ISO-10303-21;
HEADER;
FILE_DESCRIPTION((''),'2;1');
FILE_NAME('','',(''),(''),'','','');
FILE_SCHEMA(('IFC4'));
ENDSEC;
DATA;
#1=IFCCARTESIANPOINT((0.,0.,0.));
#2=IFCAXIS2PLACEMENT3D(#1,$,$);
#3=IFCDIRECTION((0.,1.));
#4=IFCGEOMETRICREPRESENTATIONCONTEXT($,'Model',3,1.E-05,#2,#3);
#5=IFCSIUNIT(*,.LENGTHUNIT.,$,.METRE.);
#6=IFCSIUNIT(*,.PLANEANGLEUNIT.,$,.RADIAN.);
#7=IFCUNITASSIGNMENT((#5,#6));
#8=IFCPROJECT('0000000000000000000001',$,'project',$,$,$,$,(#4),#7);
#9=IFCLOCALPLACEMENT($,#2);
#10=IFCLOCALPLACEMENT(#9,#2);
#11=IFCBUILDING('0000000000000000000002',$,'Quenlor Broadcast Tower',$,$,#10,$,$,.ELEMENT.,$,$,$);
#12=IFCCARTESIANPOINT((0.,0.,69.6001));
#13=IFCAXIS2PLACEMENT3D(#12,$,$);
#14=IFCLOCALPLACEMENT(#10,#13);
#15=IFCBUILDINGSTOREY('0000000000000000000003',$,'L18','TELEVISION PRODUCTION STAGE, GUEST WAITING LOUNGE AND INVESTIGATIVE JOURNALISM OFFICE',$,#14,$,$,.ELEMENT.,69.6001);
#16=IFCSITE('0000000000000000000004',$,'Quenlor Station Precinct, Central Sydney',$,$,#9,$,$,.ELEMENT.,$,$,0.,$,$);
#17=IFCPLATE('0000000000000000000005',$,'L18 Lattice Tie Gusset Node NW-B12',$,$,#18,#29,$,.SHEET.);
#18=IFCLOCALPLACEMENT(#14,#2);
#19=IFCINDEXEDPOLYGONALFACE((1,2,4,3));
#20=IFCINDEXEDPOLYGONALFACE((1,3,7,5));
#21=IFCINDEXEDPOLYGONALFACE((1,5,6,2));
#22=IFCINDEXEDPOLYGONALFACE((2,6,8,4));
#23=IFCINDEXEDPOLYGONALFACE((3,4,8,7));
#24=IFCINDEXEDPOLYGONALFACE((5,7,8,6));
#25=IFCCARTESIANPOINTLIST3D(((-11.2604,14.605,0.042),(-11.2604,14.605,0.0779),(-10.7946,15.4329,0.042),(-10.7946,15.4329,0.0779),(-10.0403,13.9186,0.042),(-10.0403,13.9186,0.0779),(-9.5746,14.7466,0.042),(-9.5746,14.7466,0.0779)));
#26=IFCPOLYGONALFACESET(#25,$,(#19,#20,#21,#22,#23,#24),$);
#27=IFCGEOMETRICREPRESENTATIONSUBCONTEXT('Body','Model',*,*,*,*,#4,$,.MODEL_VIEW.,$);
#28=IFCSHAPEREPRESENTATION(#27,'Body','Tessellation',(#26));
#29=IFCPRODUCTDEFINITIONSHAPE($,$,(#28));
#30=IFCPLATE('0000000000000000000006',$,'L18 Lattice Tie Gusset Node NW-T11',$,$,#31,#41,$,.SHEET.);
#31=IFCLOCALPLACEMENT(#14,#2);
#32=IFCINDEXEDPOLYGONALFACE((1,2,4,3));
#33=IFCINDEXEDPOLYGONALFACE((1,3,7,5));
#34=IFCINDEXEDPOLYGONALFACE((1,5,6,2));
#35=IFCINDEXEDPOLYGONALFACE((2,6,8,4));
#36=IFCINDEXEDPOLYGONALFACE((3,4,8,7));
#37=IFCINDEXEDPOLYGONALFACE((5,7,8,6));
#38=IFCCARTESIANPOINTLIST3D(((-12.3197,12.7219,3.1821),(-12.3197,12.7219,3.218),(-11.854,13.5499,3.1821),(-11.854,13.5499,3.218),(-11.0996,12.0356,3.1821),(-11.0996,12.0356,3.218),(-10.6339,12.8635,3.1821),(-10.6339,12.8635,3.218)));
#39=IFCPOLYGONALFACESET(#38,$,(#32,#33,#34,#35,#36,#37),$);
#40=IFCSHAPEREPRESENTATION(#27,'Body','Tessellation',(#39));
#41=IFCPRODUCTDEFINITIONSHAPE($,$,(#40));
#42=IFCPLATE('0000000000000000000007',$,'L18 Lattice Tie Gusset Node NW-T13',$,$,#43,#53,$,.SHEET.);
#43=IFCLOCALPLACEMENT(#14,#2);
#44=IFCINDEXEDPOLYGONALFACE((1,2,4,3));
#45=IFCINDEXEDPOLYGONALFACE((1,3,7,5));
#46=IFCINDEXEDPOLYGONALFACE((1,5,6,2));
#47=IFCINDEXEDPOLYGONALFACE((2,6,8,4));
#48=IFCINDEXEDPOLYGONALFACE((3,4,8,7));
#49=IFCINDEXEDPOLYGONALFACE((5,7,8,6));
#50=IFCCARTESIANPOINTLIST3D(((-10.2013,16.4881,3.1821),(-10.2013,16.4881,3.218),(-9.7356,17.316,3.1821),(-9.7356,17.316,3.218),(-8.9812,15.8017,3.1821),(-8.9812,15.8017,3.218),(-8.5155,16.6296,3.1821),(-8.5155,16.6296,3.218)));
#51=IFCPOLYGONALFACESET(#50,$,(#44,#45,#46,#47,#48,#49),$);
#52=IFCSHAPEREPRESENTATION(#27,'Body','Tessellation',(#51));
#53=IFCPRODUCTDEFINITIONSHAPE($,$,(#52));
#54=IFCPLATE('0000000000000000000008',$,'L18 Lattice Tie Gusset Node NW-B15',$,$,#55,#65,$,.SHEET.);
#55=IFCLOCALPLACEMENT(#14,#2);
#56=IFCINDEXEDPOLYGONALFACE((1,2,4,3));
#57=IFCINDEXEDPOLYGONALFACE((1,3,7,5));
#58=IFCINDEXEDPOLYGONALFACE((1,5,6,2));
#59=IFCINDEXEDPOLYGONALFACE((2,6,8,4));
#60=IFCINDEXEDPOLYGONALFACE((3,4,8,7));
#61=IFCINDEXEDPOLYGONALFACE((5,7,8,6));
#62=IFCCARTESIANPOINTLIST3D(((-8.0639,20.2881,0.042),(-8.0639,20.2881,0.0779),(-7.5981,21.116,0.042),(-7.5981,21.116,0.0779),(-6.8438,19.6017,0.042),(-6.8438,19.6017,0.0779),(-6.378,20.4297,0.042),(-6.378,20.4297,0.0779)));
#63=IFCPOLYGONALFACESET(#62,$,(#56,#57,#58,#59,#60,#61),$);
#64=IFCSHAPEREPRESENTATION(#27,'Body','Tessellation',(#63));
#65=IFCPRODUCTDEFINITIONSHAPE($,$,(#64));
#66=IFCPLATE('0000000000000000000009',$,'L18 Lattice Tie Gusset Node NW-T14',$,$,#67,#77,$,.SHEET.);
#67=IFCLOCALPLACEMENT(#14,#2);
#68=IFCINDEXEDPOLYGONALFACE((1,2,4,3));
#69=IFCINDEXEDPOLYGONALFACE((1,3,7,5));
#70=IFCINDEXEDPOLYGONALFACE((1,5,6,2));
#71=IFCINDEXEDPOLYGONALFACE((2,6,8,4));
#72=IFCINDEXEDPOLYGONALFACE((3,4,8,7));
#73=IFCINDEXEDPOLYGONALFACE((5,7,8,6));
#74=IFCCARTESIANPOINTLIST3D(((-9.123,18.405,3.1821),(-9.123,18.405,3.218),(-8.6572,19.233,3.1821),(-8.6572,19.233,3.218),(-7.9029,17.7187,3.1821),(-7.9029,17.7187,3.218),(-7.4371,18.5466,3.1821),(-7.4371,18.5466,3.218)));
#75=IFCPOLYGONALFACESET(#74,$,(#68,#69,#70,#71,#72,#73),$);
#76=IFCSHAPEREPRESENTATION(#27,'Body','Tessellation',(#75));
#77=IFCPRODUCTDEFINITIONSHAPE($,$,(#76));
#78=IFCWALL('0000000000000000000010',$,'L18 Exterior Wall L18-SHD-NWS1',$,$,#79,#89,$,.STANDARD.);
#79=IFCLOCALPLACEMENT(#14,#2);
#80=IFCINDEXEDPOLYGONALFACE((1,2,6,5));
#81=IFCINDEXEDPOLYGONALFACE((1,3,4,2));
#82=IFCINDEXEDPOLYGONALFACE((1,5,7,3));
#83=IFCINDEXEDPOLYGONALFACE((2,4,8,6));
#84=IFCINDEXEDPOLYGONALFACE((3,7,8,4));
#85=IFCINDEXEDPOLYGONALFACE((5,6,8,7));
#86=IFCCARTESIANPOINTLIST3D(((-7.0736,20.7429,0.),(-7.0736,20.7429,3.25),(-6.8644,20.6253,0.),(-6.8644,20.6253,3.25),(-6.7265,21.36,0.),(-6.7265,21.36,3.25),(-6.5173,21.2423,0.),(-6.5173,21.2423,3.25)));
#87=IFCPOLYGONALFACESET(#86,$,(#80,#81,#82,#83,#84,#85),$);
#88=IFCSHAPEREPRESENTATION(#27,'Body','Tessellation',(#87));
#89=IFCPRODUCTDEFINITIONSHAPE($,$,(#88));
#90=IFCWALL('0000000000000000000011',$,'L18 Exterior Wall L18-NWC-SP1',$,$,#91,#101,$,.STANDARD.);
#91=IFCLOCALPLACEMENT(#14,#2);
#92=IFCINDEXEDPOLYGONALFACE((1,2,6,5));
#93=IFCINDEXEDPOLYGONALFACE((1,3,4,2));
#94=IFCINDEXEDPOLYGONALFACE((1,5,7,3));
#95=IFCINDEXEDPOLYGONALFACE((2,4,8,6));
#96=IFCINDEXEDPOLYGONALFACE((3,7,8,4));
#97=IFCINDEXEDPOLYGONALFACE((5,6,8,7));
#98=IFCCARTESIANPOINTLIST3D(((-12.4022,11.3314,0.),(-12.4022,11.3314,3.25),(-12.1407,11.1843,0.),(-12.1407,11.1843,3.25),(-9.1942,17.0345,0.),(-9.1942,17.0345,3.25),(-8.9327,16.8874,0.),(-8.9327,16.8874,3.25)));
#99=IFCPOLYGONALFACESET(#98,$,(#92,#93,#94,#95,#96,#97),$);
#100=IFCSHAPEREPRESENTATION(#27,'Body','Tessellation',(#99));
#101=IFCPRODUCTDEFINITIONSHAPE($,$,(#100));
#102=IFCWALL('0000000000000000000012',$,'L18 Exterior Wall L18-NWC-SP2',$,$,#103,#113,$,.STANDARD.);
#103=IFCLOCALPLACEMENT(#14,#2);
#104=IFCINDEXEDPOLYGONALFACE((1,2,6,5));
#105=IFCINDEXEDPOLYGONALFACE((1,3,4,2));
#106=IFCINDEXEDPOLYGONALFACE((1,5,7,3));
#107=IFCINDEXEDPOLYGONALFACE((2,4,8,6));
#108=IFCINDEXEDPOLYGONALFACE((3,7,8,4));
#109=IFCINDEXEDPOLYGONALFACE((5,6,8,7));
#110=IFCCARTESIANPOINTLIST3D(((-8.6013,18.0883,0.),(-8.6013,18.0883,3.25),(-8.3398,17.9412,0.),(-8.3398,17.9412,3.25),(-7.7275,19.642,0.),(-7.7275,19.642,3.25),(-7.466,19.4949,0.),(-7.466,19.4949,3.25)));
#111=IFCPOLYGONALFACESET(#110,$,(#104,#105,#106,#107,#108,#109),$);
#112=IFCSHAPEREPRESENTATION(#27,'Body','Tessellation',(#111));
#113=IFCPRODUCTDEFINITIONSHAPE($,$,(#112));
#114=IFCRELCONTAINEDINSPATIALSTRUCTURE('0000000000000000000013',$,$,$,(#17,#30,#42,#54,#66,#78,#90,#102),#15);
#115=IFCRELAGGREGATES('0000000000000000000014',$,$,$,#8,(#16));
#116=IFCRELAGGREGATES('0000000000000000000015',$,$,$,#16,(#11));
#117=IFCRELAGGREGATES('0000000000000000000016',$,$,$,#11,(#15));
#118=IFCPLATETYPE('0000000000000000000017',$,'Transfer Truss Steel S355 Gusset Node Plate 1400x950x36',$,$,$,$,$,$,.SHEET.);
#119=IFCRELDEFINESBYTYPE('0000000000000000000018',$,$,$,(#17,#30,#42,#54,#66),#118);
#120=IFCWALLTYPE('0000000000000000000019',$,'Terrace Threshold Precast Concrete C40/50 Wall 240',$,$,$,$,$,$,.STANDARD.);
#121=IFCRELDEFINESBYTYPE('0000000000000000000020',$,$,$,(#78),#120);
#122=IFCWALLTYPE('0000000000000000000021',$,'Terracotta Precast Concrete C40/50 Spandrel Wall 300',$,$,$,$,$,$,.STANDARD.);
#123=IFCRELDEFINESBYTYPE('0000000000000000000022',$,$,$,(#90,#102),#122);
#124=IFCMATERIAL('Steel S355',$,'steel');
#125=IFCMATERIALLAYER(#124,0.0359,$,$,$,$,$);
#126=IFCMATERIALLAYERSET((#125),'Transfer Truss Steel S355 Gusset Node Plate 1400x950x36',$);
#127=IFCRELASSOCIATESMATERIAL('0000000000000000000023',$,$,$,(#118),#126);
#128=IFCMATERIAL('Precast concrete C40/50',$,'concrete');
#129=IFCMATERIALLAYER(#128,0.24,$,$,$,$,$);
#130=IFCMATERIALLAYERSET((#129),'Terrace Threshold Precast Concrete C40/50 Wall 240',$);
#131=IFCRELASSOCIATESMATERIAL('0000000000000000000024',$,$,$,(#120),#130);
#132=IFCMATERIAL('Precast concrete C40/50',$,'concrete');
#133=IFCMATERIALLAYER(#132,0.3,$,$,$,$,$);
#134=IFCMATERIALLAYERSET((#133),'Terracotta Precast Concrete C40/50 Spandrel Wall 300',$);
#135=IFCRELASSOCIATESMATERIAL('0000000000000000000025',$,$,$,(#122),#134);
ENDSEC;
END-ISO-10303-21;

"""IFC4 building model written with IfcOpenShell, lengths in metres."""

from ifc_helpers import new_model, si_unit, direction, frame, frame_2d, origin, origin_2d, place, context, subcontext, project, spatial, rectangle, extrude, material, layer, layer_set, type_object, element, save


model = new_model("IFC4")

# Units and contexts
model_context = context("Model", 3, precision=1e-05, world=origin(), true_north=direction((0.0, 1.0)))
body_context = subcontext(model_context, "Body", "Model", "MODEL_VIEW")
ifc_project = project(units=[si_unit("LENGTHUNIT", "METRE"), si_unit("PLANEANGLEUNIT", "RADIAN")], contexts=[model_context])

# Site, building, storey
site_placement = place(None, origin())
site = spatial("IfcSite", under=ifc_project, at=site_placement, Name="Quenlor Station Precinct, Central Sydney", CompositionType="ELEMENT", RefElevation=0.0)
building_placement = place(site_placement, origin())
building = spatial("IfcBuilding", under=site, at=building_placement, Name="Quenlor Broadcast Tower", CompositionType="ELEMENT")
storey_placement = place(building_placement, frame((0.0, 0.0, 69.6001)))
storey = spatial("IfcBuildingStorey", under=building, at=storey_placement, Name="L18", Description="TELEVISION PRODUCTION STAGE, GUEST WAITING LOUNGE AND INVESTIGATIVE JOURNALISM OFFICE", CompositionType="ELEMENT", Elevation=69.6001)

# Plates
ifc_material_1 = material(Name="Steel S355", Category="steel")
ifc_layer_1 = layer(ifc_material_1, 0.0359)
ifc_layer_set_1 = layer_set([ifc_layer_1], Name="Transfer Truss Steel S355 Gusset Node Plate 1400x950x36")
plate_type_1 = type_object("IfcPlateType", Name="Transfer Truss Steel S355 Gusset Node Plate 1400x950x36", PredefinedType="SHEET", material=ifc_layer_set_1)
for number, where, z_axis, x_axis, name in (
    (1, (-10.4175, 14.6758, 0.042), (0.0, 0.0, 1.0), (-0.871556, 0.490295, 0.0), "L18 Lattice Tie Gusset Node NW-B12"),
    (2, (-11.4768, 12.7927, 3.1821), (0.0, 0.0, 1.0), (-0.871556, 0.490295, 0.0), "L18 Lattice Tie Gusset Node NW-T11"),
    (3, (-9.3584, 16.5588, 3.1821), (0.0, 0.0, 1.0), (-0.871556, 0.490295, 0.0), "L18 Lattice Tie Gusset Node NW-T13"),
    (4, (-7.2209, 20.3589, 0.042), (0.0, 0.0, 1.0), (-0.871556, 0.490295, 0.0), "L18 Lattice Tie Gusset Node NW-B15"),
    (5, (-8.28, 18.4758, 3.1821), (0.0, 0.0, 1.0), (-0.871556, 0.490295, 0.0), "L18 Lattice Tie Gusset Node NW-T14"),
):
    element("IfcPlate", number, at=place(storey_placement, frame(where, z_axis=z_axis, x_axis=x_axis)), inside=storey, type_object=plate_type_1, Name=name, PredefinedType="SHEET", context=body_context, shape_type="SweptSolid", body=[
        extrude(rectangle(XDim=1.3999, YDim=0.95, at=origin_2d()), origin(), (0.0, 0.0, 1.0), 0.0359),
    ])

# Walls
ifc_material_2 = material(Name="Precast concrete C40/50", Category="concrete")
ifc_layer_2 = layer(ifc_material_2, 0.24)
ifc_layer_set_2 = layer_set([ifc_layer_2], Name="Terrace Threshold Precast Concrete C40/50 Wall 240")
wall_type_1 = type_object("IfcWallType", Name="Terrace Threshold Precast Concrete C40/50 Wall 240", PredefinedType="STANDARD", material=ifc_layer_set_2)
wall_1_placement = place(storey_placement, frame((-6.969, 20.6841, 0.0), z_axis=(0.0, 0.0, 1.0), x_axis=(0.490261, 0.871576, 0.0)))
element("IfcWall", 6, at=wall_1_placement, inside=storey, type_object=wall_type_1, Name="L18 Exterior Wall L18-SHD-NWS1", PredefinedType="STANDARD", context=body_context, shape_type="SweptSolid", body=[
    extrude(rectangle(XDim=0.708, YDim=0.24, at=frame_2d((0.354, 0.0))), origin(), (0.0, 0.0, 1.0), 3.25),
])
ifc_material_3 = material(Name="Precast concrete C40/50", Category="concrete")
ifc_layer_3 = layer(ifc_material_3, 0.3)
ifc_layer_set_3 = layer_set([ifc_layer_3], Name="Terracotta Precast Concrete C40/50 Spandrel Wall 300")
wall_type_2 = type_object("IfcWallType", Name="Terracotta Precast Concrete C40/50 Spandrel Wall 300", PredefinedType="STANDARD", material=ifc_layer_set_3)
wall_2_placement = place(storey_placement, frame((-12.2715, 11.2578, 0.0), z_axis=(0.0, 0.0, 1.0), x_axis=(0.490261, 0.871576, 0.0)))
element("IfcWall", 7, at=wall_2_placement, inside=storey, type_object=wall_type_2, Name="L18 Exterior Wall L18-NWC-SP1", PredefinedType="STANDARD", context=body_context, shape_type="SweptSolid", body=[
    extrude(rectangle(XDim=6.5435, YDim=0.3, at=frame_2d((3.2717, 0.0))), origin(), (0.0, 0.0, 1.0), 3.25),
])
wall_3_placement = place(storey_placement, frame((-8.4705, 18.0149, 0.0), z_axis=(0.0, 0.0, 1.0), x_axis=(0.490183, 0.871619, 0.0)))
element("IfcWall", 8, at=wall_3_placement, inside=storey, type_object=wall_type_2, Name="L18 Exterior Wall L18-NWC-SP2", PredefinedType="STANDARD", context=body_context, shape_type="SweptSolid", body=[
    extrude(rectangle(XDim=1.7825, YDim=0.3, at=frame_2d((0.8911, 0.0))), origin(), (0.0, 0.0, 1.0), 3.25),
])

save(model, "model.ifc")
